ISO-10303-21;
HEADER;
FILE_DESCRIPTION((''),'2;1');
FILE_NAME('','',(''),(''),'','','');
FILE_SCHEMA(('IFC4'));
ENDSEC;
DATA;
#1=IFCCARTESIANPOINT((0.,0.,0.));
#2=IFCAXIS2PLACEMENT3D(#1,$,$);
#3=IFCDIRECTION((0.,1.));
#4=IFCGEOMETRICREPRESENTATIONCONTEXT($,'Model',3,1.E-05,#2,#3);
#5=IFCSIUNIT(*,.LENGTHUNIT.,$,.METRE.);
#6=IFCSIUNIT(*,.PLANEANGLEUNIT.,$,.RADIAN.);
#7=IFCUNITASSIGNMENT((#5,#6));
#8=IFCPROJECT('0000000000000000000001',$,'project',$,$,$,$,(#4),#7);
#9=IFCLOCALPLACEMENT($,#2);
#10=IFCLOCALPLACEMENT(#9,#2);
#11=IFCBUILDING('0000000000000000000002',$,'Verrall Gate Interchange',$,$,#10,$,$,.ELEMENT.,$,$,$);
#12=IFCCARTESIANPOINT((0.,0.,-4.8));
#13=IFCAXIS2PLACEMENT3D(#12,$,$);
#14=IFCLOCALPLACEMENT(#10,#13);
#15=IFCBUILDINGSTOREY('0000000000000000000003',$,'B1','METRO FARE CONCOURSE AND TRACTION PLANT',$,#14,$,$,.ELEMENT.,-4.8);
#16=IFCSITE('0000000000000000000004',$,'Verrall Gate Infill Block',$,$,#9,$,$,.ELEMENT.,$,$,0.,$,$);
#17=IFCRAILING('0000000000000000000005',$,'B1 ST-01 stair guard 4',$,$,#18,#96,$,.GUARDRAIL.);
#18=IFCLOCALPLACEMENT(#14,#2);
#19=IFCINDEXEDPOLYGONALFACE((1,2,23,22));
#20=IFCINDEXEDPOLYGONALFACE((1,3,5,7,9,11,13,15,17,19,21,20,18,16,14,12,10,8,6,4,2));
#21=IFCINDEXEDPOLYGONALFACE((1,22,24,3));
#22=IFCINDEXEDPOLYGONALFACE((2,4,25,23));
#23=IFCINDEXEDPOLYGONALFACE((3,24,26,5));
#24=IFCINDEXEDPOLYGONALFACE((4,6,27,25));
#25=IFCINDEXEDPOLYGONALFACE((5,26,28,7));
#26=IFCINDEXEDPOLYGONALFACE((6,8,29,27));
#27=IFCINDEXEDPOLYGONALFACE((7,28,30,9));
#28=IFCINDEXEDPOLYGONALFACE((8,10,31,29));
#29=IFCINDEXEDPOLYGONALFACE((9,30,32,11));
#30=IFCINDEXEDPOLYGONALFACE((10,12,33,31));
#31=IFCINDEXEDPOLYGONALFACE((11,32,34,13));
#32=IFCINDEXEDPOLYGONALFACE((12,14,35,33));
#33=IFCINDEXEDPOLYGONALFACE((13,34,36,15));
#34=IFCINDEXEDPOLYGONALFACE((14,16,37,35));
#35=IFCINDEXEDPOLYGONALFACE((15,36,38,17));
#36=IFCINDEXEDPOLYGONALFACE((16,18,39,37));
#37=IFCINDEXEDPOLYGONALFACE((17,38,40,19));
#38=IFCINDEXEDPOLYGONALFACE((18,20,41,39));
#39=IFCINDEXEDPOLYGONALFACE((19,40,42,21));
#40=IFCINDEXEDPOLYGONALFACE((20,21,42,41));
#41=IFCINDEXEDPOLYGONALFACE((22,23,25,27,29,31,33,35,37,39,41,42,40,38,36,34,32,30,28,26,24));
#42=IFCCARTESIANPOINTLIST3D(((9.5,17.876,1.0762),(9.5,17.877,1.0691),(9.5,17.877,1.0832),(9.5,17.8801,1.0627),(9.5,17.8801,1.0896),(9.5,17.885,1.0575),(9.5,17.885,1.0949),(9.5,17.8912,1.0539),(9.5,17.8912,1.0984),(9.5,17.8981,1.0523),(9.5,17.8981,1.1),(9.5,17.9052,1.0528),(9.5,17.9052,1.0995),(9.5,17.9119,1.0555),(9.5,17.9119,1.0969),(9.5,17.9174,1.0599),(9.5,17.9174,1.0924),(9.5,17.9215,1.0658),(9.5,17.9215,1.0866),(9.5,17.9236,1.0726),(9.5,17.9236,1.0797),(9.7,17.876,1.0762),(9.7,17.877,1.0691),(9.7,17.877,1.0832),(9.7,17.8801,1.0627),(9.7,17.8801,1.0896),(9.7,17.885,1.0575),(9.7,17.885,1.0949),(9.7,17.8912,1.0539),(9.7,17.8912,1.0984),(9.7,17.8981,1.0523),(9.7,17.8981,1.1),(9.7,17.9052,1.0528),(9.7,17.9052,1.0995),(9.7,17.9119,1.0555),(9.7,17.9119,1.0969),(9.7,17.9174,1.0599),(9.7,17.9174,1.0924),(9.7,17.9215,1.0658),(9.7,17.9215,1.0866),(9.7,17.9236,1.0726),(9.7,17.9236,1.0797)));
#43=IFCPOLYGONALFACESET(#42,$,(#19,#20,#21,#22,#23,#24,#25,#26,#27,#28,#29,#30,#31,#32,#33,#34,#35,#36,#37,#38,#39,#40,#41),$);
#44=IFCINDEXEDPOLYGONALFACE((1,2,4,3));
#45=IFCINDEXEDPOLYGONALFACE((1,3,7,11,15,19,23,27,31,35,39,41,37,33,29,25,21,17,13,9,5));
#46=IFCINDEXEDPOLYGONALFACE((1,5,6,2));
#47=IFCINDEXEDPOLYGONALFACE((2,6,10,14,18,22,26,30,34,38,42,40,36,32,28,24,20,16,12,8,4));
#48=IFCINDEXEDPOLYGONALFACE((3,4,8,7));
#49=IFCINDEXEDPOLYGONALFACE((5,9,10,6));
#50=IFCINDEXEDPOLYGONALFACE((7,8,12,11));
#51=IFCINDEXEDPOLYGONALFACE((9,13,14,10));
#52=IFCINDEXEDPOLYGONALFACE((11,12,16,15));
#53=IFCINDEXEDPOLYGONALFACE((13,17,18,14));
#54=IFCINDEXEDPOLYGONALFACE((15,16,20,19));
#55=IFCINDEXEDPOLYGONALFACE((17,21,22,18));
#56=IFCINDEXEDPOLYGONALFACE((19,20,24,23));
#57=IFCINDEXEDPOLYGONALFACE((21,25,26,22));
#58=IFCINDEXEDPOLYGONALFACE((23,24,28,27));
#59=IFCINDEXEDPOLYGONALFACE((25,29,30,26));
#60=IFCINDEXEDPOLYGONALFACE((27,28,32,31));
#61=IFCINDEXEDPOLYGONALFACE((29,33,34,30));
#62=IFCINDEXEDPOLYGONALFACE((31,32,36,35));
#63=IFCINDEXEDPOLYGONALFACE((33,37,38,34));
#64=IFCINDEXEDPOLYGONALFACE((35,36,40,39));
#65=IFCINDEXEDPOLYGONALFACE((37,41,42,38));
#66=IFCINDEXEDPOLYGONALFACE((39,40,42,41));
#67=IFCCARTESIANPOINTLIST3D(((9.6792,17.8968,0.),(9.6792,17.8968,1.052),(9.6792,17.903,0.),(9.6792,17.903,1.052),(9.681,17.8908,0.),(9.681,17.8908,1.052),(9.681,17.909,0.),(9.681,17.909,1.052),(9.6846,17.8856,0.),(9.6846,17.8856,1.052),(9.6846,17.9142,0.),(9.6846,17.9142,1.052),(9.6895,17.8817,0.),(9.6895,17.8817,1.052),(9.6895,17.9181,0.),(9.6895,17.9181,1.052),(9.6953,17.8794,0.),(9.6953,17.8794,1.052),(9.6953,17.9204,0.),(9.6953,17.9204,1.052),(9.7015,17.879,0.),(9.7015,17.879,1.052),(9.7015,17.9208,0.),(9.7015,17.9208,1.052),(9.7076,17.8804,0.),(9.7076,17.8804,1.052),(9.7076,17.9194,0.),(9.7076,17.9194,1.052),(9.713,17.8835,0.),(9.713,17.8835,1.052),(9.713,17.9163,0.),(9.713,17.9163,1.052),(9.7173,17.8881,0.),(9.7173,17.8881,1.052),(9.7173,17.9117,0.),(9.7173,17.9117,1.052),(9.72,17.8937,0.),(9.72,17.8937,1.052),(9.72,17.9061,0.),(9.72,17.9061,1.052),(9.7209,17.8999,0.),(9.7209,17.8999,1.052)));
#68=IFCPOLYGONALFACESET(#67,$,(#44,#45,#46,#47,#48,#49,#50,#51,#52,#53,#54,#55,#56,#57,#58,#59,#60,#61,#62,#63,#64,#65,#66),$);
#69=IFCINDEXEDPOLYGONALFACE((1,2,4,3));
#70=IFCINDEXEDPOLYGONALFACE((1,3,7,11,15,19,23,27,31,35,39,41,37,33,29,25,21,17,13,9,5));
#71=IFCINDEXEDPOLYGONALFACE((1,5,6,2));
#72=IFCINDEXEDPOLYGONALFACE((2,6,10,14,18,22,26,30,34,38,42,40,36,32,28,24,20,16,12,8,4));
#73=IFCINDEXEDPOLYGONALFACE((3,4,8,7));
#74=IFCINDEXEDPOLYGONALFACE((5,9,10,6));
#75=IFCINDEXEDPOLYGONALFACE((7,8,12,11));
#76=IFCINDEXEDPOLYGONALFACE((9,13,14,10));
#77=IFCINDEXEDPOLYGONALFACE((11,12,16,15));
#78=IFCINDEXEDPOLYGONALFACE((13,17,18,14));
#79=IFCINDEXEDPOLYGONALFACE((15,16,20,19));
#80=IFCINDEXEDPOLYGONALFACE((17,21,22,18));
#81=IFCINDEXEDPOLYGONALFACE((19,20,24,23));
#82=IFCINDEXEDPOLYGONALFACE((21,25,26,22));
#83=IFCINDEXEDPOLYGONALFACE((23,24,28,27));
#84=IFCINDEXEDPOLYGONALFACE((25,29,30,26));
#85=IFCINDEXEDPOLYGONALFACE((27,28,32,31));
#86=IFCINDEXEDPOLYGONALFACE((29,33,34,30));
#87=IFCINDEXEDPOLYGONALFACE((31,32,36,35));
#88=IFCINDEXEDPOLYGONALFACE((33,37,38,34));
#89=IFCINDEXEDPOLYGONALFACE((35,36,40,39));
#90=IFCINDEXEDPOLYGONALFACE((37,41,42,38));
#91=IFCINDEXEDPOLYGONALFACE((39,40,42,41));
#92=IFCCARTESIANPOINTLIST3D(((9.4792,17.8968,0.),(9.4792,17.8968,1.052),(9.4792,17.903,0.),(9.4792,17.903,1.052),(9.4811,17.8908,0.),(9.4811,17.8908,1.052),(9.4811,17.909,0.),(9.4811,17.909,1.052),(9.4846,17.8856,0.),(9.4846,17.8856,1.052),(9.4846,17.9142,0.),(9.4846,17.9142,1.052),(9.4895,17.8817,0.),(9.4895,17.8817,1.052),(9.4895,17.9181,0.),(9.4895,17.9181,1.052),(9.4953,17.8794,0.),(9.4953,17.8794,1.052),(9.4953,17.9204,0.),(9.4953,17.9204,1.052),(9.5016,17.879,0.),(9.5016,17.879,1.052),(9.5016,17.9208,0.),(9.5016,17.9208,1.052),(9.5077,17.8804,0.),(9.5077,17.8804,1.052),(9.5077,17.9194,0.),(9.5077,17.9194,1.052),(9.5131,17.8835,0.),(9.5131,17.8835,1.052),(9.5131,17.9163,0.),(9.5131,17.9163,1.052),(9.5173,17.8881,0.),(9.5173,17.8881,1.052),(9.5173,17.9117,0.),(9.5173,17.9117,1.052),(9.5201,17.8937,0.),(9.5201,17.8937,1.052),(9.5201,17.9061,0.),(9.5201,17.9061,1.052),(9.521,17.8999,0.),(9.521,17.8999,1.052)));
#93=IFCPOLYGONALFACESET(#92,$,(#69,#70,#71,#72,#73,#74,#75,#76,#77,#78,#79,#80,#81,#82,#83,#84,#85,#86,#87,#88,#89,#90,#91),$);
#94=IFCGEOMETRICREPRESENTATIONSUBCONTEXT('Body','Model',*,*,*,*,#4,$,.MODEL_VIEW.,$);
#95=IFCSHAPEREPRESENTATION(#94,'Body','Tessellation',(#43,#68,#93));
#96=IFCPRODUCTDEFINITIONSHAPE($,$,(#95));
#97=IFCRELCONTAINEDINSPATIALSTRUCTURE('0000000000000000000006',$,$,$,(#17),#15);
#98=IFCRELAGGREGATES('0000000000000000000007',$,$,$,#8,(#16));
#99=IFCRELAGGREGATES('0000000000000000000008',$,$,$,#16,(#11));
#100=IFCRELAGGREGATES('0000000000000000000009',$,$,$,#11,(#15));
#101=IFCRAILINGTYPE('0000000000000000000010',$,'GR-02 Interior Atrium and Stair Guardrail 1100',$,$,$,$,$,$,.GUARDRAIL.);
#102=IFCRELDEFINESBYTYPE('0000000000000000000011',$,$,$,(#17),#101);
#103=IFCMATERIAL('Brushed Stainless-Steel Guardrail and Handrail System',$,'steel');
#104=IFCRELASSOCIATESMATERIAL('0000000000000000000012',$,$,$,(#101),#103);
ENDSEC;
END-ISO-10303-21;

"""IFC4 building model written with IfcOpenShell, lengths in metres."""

from ifc_helpers import new_model, si_unit, direction, frame, origin, origin_2d, place, context, subcontext, project, spatial, circle, extrude, material, type_object, element, save


model = new_model("IFC4")

# Units and contexts
model_context = context("Model", 3, precision=1e-05, world=origin(), true_north=direction((0.0, 1.0)))
body_context = subcontext(model_context, "Body", "Model", "MODEL_VIEW")
ifc_project = project(units=[si_unit("LENGTHUNIT", "METRE"), si_unit("PLANEANGLEUNIT", "RADIAN")], contexts=[model_context])

# Site, building, storey
site_placement = place(None, origin())
site = spatial("IfcSite", under=ifc_project, at=site_placement, Name="Verrall Gate Infill Block", CompositionType="ELEMENT", RefElevation=0.0)
building_placement = place(site_placement, origin())
building = spatial("IfcBuilding", under=site, at=building_placement, Name="Verrall Gate Interchange", CompositionType="ELEMENT")
storey_placement = place(building_placement, frame((0.0, 0.0, -4.8)))
storey = spatial("IfcBuildingStorey", under=building, at=storey_placement, Name="B1", Description="METRO FARE CONCOURSE AND TRACTION PLANT", CompositionType="ELEMENT", Elevation=-4.8)

# Railing
ifc_material_1 = material(Name="Brushed Stainless-Steel Guardrail and Handrail System", Category="steel")
railing_type_1 = type_object("IfcRailingType", Name="GR-02 Interior Atrium and Stair Guardrail 1100", PredefinedType="GUARDRAIL", material=ifc_material_1)
railing_1_placement = place(storey_placement, frame((9.7, 17.8999, 0.0)))
element("IfcRailing", 1, at=railing_1_placement, inside=storey, type_object=railing_type_1, Name="B1 ST-01 stair guard 4", PredefinedType="GUARDRAIL", context=body_context, shape_type="SweptSolid", body=[
    extrude(circle(Radius=0.0239, at=origin_2d()), frame((0.0, 0.0, 1.0762), z_axis=(-1.0, 0.0, 0.0), x_axis=(0.0, -1.0, 0.0)), (0.0, 0.0, 1.0), 0.2),
    extrude(circle(Radius=0.021, at=origin_2d()), origin(), (0.0, 0.0, 1.0), 1.052),
    extrude(circle(Radius=0.021, at=origin_2d()), frame((-0.2, 0.0, 0.0)), (0.0, 0.0, 1.0), 1.052),
])

save(model, "model.ifc")
